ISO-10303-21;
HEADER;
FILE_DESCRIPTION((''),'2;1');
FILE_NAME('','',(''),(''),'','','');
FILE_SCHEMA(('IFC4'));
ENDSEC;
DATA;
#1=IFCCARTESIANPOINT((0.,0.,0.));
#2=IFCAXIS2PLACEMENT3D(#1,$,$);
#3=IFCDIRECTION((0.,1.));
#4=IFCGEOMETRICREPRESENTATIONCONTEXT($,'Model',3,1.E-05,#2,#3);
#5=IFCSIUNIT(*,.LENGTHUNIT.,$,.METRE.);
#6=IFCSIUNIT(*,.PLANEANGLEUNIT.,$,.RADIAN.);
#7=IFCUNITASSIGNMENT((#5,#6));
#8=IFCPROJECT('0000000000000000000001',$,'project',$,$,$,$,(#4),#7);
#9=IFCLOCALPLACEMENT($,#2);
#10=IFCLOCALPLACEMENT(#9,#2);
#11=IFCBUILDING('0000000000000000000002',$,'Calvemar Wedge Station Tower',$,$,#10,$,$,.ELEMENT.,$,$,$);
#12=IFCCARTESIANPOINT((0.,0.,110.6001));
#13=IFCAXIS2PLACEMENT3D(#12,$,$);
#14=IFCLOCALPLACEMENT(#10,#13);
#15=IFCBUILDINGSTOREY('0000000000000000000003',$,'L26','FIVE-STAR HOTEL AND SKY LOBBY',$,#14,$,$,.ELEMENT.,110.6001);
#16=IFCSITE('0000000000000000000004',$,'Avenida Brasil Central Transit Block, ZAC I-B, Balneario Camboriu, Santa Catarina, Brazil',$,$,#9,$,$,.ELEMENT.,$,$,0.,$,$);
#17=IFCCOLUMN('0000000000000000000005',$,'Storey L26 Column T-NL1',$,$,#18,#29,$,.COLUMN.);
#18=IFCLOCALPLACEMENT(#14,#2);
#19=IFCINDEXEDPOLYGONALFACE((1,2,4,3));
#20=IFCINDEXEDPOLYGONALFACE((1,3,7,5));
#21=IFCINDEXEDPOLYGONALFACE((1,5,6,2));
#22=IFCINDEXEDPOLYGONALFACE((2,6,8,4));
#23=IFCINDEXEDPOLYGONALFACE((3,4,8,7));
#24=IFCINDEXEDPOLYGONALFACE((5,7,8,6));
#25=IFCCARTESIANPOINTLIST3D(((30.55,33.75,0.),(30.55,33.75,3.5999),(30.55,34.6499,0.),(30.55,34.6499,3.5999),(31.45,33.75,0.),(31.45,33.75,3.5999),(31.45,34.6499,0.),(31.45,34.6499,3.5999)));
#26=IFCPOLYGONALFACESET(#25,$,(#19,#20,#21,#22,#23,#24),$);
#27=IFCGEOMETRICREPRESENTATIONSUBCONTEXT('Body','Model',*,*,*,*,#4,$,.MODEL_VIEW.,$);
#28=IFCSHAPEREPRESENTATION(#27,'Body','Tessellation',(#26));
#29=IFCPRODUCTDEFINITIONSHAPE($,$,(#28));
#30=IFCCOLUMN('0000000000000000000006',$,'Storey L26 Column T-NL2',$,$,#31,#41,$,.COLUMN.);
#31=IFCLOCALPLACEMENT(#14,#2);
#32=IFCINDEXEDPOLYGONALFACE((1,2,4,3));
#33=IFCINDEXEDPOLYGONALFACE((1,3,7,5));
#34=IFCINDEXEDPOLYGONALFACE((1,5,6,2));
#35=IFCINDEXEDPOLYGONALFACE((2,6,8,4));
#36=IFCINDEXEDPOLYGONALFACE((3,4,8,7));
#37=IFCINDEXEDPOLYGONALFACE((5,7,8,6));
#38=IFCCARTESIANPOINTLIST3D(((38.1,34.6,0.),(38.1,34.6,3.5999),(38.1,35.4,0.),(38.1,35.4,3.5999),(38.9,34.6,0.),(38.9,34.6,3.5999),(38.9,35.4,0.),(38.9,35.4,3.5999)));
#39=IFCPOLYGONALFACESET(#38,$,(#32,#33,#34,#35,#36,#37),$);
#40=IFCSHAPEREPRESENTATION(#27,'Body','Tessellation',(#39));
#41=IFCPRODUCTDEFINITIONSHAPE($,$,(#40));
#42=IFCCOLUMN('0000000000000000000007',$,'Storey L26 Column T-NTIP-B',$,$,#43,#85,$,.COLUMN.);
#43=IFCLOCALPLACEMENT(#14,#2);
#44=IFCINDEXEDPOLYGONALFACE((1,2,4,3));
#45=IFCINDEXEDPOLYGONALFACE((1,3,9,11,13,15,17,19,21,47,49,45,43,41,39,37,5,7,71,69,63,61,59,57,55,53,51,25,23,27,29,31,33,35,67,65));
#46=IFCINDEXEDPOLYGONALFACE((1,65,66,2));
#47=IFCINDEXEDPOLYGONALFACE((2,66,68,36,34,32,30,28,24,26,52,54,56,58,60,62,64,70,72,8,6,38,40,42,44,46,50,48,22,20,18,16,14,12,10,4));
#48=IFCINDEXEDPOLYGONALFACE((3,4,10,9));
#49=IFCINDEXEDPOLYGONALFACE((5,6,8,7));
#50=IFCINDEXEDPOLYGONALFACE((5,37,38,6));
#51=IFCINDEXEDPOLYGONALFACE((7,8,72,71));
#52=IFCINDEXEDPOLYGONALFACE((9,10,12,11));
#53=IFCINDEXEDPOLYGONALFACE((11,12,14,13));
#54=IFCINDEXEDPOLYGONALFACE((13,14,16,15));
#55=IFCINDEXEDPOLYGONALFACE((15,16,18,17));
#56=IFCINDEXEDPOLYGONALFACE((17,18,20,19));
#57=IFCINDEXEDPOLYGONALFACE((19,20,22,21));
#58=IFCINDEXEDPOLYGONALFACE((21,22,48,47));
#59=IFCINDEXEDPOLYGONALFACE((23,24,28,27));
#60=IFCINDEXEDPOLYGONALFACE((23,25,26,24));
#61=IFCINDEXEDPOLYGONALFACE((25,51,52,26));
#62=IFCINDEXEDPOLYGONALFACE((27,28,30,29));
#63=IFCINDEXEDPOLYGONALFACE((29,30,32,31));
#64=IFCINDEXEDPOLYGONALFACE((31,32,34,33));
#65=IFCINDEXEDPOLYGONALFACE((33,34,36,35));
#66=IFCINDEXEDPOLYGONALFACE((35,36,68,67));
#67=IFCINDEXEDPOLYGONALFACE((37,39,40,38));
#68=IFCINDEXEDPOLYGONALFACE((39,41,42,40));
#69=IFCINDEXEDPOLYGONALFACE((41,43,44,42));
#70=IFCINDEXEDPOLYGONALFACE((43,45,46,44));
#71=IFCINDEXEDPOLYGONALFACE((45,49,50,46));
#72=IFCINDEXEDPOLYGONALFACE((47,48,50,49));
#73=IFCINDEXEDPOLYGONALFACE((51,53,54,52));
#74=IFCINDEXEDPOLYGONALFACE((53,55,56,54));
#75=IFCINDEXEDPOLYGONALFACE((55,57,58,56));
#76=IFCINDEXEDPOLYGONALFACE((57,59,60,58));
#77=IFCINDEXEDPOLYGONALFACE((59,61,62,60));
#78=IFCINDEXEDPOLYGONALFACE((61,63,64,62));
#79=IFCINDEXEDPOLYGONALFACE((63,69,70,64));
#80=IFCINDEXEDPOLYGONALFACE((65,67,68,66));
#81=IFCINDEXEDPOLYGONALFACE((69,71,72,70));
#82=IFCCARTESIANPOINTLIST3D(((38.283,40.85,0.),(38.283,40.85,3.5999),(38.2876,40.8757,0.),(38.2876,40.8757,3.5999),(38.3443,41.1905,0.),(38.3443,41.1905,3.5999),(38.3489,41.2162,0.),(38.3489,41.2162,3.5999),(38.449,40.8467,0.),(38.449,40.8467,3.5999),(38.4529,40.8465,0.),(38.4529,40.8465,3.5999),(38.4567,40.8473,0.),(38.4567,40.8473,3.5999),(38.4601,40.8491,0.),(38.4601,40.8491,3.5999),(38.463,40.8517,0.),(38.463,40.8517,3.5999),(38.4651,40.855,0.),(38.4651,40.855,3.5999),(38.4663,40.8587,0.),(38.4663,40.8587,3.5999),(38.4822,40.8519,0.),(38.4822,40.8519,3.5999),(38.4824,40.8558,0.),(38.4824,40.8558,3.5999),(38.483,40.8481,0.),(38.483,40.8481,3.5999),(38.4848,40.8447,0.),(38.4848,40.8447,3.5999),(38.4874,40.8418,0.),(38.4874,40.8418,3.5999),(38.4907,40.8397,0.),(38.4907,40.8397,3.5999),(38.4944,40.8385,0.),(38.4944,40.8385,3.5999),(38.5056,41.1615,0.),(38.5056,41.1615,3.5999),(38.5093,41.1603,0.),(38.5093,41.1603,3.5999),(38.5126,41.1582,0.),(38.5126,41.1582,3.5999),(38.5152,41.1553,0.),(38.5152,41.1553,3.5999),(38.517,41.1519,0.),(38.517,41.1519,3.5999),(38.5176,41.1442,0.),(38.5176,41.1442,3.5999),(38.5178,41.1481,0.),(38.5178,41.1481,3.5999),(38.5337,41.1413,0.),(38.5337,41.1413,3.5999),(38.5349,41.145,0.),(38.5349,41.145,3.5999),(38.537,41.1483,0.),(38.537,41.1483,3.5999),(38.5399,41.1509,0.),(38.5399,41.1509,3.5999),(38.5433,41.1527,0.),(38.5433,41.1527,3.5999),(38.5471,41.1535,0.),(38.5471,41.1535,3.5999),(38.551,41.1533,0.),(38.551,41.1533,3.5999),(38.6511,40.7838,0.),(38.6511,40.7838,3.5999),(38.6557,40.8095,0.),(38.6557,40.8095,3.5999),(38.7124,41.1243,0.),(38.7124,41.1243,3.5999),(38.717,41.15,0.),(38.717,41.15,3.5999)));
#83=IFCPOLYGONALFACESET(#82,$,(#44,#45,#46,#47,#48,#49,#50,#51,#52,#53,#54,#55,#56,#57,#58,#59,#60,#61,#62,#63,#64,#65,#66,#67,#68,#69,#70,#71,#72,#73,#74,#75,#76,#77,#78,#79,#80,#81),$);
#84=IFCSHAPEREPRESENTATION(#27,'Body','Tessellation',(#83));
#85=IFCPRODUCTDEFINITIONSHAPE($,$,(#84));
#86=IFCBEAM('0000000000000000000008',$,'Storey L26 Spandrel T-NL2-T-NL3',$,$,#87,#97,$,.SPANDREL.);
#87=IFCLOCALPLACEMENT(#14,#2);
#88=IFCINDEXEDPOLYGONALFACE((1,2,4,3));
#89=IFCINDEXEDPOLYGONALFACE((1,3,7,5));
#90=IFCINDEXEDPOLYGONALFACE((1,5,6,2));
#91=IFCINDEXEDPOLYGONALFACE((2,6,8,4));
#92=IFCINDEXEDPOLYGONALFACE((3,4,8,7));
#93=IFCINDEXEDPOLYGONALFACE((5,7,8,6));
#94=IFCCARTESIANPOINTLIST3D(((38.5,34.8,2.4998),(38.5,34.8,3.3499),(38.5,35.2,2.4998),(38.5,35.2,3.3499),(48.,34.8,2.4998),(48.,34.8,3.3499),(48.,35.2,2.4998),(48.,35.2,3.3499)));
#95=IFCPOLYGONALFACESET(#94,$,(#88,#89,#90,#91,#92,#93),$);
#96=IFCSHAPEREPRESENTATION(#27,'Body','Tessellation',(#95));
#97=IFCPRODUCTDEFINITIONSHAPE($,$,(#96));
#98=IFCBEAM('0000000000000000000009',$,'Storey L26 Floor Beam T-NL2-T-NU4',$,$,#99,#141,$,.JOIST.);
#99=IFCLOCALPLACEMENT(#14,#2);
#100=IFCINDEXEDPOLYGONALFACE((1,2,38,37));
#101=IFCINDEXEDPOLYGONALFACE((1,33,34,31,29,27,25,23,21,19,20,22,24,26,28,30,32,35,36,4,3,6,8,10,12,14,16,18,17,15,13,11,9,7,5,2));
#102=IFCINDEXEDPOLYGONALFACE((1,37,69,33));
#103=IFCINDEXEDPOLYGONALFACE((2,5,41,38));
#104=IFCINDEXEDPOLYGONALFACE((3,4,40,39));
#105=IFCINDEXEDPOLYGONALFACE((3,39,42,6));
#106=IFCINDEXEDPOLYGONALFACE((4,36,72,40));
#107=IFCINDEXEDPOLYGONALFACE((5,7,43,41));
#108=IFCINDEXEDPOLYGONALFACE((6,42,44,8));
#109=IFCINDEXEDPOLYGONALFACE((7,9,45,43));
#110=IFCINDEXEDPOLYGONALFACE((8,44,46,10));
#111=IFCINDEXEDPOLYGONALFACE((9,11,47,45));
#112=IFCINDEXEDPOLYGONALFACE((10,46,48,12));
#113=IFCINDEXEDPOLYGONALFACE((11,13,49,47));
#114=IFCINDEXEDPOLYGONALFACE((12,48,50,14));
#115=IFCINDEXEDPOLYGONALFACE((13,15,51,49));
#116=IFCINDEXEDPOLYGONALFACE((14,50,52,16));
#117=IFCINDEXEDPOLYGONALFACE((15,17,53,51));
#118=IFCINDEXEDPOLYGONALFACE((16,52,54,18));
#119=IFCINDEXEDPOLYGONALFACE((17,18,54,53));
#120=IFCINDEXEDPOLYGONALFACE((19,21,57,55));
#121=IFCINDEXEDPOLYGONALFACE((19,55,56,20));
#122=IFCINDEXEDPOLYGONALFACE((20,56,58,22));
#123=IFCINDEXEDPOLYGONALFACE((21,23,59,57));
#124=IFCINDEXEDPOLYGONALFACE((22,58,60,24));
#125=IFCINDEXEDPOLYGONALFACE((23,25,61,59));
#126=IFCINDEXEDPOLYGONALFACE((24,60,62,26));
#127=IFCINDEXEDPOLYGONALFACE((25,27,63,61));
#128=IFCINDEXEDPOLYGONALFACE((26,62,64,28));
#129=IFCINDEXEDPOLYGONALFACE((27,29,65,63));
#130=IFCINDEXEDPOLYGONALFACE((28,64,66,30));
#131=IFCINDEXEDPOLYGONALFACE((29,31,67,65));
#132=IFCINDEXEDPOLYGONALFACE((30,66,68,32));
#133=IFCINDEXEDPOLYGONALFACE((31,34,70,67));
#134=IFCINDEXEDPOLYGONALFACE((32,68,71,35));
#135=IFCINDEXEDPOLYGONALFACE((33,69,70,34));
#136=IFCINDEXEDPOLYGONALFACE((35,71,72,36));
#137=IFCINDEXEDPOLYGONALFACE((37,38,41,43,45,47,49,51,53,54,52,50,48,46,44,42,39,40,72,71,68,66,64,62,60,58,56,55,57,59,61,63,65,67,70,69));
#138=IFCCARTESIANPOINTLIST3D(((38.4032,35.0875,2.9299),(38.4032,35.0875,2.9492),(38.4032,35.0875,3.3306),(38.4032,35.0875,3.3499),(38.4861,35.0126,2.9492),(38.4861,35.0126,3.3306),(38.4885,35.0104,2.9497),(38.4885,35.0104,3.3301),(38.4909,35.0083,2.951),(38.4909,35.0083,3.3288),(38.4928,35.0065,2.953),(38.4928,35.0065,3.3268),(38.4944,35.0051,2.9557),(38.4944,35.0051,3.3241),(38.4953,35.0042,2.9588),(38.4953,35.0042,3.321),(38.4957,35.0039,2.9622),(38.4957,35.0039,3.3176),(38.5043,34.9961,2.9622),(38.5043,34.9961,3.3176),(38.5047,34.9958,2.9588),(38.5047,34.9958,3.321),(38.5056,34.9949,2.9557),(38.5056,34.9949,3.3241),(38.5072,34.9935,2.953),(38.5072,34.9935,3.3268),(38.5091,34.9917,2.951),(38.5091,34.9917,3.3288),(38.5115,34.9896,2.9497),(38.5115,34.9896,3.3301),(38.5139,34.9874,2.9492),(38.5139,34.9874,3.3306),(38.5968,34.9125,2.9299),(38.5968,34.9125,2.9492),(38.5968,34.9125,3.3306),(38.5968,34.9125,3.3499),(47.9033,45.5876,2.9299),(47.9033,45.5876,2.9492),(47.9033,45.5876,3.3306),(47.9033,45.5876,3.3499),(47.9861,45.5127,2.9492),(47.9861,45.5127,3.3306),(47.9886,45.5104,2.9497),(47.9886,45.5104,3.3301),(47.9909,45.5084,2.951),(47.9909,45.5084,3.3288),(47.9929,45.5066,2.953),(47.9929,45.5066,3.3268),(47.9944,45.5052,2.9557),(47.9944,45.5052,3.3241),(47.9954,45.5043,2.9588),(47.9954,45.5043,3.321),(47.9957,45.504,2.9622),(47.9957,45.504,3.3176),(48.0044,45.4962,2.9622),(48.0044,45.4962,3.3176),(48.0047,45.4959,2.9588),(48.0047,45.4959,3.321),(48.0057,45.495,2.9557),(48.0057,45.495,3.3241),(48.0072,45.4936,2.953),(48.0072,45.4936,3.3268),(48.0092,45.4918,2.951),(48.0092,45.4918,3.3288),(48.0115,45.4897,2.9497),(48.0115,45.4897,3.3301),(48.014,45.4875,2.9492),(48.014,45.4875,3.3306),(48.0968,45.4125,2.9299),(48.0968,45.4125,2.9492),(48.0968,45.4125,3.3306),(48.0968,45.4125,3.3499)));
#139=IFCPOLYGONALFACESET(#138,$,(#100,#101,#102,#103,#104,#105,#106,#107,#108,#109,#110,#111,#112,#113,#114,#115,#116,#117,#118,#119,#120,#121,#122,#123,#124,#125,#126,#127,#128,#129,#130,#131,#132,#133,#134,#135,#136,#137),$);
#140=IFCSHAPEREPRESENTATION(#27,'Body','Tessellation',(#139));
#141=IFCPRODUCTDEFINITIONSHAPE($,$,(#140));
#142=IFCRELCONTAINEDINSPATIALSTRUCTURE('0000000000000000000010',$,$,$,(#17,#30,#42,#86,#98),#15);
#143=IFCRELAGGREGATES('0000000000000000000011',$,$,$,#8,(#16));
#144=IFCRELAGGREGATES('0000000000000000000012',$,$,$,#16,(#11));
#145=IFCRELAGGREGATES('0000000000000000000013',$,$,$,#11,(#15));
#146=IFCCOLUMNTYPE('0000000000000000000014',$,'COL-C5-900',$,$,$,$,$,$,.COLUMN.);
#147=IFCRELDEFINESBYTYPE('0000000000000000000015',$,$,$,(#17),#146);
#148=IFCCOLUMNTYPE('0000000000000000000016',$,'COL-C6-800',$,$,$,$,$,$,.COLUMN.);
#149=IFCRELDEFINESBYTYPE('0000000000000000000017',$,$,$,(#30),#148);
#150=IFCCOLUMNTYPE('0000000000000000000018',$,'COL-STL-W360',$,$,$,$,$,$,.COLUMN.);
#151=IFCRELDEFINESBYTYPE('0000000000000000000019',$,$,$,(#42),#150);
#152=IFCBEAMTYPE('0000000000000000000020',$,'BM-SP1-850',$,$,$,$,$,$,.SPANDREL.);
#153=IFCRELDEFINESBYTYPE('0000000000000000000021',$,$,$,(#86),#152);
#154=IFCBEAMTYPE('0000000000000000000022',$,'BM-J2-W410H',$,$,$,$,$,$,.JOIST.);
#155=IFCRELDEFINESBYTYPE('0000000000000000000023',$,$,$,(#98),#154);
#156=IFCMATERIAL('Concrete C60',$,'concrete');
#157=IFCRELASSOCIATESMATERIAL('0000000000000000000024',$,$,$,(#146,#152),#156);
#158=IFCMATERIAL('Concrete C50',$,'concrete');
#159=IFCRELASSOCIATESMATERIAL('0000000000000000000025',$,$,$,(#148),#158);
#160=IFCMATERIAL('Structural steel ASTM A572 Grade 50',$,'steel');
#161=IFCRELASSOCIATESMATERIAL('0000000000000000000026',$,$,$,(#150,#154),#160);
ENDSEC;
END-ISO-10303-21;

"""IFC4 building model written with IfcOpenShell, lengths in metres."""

from ifc_helpers import new_model, si_unit, direction, frame, origin, origin_2d, place, context, subcontext, project, spatial, rectangle, i_section, extrude, source, transform, mapped, material, material_profile, profile_set, type_object, element, save


model = new_model("IFC4")

# Units and contexts
model_context = context("Model", 3, precision=1e-05, world=origin(), true_north=direction((0.0, 1.0)))
body_context = subcontext(model_context, "Body", "Model", "MODEL_VIEW")
ifc_project = project(units=[si_unit("LENGTHUNIT", "METRE"), si_unit("PLANEANGLEUNIT", "RADIAN")], contexts=[model_context])

# Site, building, storey
site_placement = place(None, origin())
site = spatial("IfcSite", under=ifc_project, at=site_placement, Name="Avenida Brasil Central Transit Block, ZAC I-B, Balneario Camboriu, Santa Catarina, Brazil", CompositionType="ELEMENT", RefElevation=0.0)
building_placement = place(site_placement, origin())
building = spatial("IfcBuilding", under=site, at=building_placement, Name="Calvemar Wedge Station Tower", CompositionType="ELEMENT")
storey_placement = place(building_placement, frame((0.0, 0.0, 110.6001)))
storey = spatial("IfcBuildingStorey", under=building, at=storey_placement, Name="L26", Description="FIVE-STAR HOTEL AND SKY LOBBY", CompositionType="ELEMENT", Elevation=110.6001)

# Columns
ifc_material_1 = material(Name="Concrete C60", Category="concrete")
ifc_material_profile_1 = material_profile(ifc_material_1, rectangle(XDim=0.8999, YDim=0.8999, at=origin_2d()), Name="RC900x900")
ifc_profile_set_1 = profile_set([ifc_material_profile_1], Name="Concrete C60")
column_type_1 = type_object("IfcColumnType", Name="COL-C5-900", PredefinedType="COLUMN", material=ifc_profile_set_1)
shared_shape_1 = source(origin(), body_context, "Body", "SweptSolid", [
    extrude(rectangle(XDim=0.8999, YDim=0.8999, at=origin_2d()), origin(), (0.0, 0.0, 1.0), 3.5999),
])
column_1_placement = place(storey_placement, frame((31.0, 34.2, 0.0), z_axis=(0.0, 0.0, 1.0), x_axis=(1.0, 0.0, 0.0)))
element("IfcColumn", 1, at=column_1_placement, inside=storey, type_object=column_type_1, Name="Storey L26 Column T-NL1", PredefinedType="COLUMN", context=body_context, shape_type="MappedRepresentation", body=[
    mapped(shared_shape_1, transform((0.0, 0.0, 0.0), scale=1.0)),
])
ifc_material_2 = material(Name="Concrete C50", Category="concrete")
ifc_material_profile_2 = material_profile(ifc_material_2, rectangle(XDim=0.8, YDim=0.8, at=origin_2d()), Name="RC800x800")
ifc_profile_set_2 = profile_set([ifc_material_profile_2], Name="Concrete C50")
column_type_2 = type_object("IfcColumnType", Name="COL-C6-800", PredefinedType="COLUMN", material=ifc_profile_set_2)
shared_shape_2 = source(origin(), body_context, "Body", "SweptSolid", [
    extrude(rectangle(XDim=0.8, YDim=0.8, at=origin_2d()), origin(), (0.0, 0.0, 1.0), 3.5999),
])
column_2_placement = place(storey_placement, frame((38.5, 35.0, 0.0), z_axis=(0.0, 0.0, 1.0), x_axis=(1.0, 0.0, 0.0)))
element("IfcColumn", 2, at=column_2_placement, inside=storey, type_object=column_type_2, Name="Storey L26 Column T-NL2", PredefinedType="COLUMN", context=body_context, shape_type="MappedRepresentation", body=[
    mapped(shared_shape_2, transform((0.0, 0.0, 0.0), scale=1.0)),
])
ifc_material_3 = material(Name="Structural steel ASTM A572 Grade 50", Category="steel")
ifc_material_profile_3 = material_profile(ifc_material_3, i_section(OverallWidth=0.374, OverallDepth=0.3721, WebThickness=0.0164, FlangeThickness=0.0261, FilletRadius=0.0149, at=origin_2d()), Name="W360x196")
ifc_profile_set_3 = profile_set([ifc_material_profile_3], Name="Structural steel ASTM A572 Grade 50")
column_type_3 = type_object("IfcColumnType", Name="COL-STL-W360", PredefinedType="COLUMN", material=ifc_profile_set_3)
shared_shape_3 = source(origin(), body_context, "Body", "SweptSolid", [
    extrude(i_section(OverallWidth=0.374, OverallDepth=0.3721, WebThickness=0.0164, FlangeThickness=0.0261, FilletRadius=0.0149, at=origin_2d()), origin(), (0.0, 0.0, 1.0), 3.5999),
])
column_3_placement = place(storey_placement, frame((38.5, 41.0, 0.0), z_axis=(0.0, 0.0, 1.0), x_axis=(0.984196, -0.177085, 0.0)))
element("IfcColumn", 3, at=column_3_placement, inside=storey, type_object=column_type_3, Name="Storey L26 Column T-NTIP-B", PredefinedType="COLUMN", context=body_context, shape_type="MappedRepresentation", body=[
    mapped(shared_shape_3, transform((0.0, 0.0, 0.0), scale=1.0)),
])

# Beams
ifc_material_profile_4 = material_profile(ifc_material_1, rectangle(XDim=0.3999, YDim=0.8501, at=origin_2d()), Name="RC400x850")
ifc_profile_set_4 = profile_set([ifc_material_profile_4], Name="Concrete C60")
beam_type_1 = type_object("IfcBeamType", Name="BM-SP1-850", PredefinedType="SPANDREL", material=ifc_profile_set_4)
shared_shape_4 = source(origin(), body_context, "Body", "SweptSolid", [
    extrude(rectangle(XDim=0.3999, YDim=0.8501, at=origin_2d()), origin(), (0.0, 0.0, 1.0), 9.5),
])
beam_1_placement = place(storey_placement, frame((38.5, 35.0, 2.9248), z_axis=(1.0, 0.0, 0.0), x_axis=(0.0, 1.0, 0.0)))
element("IfcBeam", 4, at=beam_1_placement, inside=storey, type_object=beam_type_1, Name="Storey L26 Spandrel T-NL2-T-NL3", PredefinedType="SPANDREL", context=body_context, shape_type="MappedRepresentation", body=[
    mapped(shared_shape_4, transform((0.0, 0.0, 0.0), scale=1.0)),
])
ifc_material_profile_5 = material_profile(ifc_material_3, i_section(OverallWidth=0.261, OverallDepth=0.4199, WebThickness=0.0117, FlangeThickness=0.0193, FilletRadius=0.0129, at=origin_2d()), Name="W410x114")
ifc_profile_set_5 = profile_set([ifc_material_profile_5], Name="Structural steel ASTM A572 Grade 50")
beam_type_2 = type_object("IfcBeamType", Name="BM-J2-W410H", PredefinedType="JOIST", material=ifc_profile_set_5)
shared_shape_5 = source(origin(), body_context, "Body", "SweptSolid", [
    extrude(i_section(OverallWidth=0.261, OverallDepth=0.4199, WebThickness=0.0117, FlangeThickness=0.0193, FilletRadius=0.0129, at=origin_2d()), origin(), (0.0, 0.0, 1.0), 14.1599),
])
beam_2_placement = place(storey_placement, frame((38.5, 35.0, 3.1399), z_axis=(0.670913, 0.741536, 0.0), x_axis=(-0.741536, 0.670913, 0.0)))
element("IfcBeam", 5, at=beam_2_placement, inside=storey, type_object=beam_type_2, Name="Storey L26 Floor Beam T-NL2-T-NU4", PredefinedType="JOIST", context=body_context, shape_type="MappedRepresentation", body=[
    mapped(shared_shape_5, transform((0.0, 0.0, 0.0), scale=1.0)),
])

save(model, "model.ifc")
